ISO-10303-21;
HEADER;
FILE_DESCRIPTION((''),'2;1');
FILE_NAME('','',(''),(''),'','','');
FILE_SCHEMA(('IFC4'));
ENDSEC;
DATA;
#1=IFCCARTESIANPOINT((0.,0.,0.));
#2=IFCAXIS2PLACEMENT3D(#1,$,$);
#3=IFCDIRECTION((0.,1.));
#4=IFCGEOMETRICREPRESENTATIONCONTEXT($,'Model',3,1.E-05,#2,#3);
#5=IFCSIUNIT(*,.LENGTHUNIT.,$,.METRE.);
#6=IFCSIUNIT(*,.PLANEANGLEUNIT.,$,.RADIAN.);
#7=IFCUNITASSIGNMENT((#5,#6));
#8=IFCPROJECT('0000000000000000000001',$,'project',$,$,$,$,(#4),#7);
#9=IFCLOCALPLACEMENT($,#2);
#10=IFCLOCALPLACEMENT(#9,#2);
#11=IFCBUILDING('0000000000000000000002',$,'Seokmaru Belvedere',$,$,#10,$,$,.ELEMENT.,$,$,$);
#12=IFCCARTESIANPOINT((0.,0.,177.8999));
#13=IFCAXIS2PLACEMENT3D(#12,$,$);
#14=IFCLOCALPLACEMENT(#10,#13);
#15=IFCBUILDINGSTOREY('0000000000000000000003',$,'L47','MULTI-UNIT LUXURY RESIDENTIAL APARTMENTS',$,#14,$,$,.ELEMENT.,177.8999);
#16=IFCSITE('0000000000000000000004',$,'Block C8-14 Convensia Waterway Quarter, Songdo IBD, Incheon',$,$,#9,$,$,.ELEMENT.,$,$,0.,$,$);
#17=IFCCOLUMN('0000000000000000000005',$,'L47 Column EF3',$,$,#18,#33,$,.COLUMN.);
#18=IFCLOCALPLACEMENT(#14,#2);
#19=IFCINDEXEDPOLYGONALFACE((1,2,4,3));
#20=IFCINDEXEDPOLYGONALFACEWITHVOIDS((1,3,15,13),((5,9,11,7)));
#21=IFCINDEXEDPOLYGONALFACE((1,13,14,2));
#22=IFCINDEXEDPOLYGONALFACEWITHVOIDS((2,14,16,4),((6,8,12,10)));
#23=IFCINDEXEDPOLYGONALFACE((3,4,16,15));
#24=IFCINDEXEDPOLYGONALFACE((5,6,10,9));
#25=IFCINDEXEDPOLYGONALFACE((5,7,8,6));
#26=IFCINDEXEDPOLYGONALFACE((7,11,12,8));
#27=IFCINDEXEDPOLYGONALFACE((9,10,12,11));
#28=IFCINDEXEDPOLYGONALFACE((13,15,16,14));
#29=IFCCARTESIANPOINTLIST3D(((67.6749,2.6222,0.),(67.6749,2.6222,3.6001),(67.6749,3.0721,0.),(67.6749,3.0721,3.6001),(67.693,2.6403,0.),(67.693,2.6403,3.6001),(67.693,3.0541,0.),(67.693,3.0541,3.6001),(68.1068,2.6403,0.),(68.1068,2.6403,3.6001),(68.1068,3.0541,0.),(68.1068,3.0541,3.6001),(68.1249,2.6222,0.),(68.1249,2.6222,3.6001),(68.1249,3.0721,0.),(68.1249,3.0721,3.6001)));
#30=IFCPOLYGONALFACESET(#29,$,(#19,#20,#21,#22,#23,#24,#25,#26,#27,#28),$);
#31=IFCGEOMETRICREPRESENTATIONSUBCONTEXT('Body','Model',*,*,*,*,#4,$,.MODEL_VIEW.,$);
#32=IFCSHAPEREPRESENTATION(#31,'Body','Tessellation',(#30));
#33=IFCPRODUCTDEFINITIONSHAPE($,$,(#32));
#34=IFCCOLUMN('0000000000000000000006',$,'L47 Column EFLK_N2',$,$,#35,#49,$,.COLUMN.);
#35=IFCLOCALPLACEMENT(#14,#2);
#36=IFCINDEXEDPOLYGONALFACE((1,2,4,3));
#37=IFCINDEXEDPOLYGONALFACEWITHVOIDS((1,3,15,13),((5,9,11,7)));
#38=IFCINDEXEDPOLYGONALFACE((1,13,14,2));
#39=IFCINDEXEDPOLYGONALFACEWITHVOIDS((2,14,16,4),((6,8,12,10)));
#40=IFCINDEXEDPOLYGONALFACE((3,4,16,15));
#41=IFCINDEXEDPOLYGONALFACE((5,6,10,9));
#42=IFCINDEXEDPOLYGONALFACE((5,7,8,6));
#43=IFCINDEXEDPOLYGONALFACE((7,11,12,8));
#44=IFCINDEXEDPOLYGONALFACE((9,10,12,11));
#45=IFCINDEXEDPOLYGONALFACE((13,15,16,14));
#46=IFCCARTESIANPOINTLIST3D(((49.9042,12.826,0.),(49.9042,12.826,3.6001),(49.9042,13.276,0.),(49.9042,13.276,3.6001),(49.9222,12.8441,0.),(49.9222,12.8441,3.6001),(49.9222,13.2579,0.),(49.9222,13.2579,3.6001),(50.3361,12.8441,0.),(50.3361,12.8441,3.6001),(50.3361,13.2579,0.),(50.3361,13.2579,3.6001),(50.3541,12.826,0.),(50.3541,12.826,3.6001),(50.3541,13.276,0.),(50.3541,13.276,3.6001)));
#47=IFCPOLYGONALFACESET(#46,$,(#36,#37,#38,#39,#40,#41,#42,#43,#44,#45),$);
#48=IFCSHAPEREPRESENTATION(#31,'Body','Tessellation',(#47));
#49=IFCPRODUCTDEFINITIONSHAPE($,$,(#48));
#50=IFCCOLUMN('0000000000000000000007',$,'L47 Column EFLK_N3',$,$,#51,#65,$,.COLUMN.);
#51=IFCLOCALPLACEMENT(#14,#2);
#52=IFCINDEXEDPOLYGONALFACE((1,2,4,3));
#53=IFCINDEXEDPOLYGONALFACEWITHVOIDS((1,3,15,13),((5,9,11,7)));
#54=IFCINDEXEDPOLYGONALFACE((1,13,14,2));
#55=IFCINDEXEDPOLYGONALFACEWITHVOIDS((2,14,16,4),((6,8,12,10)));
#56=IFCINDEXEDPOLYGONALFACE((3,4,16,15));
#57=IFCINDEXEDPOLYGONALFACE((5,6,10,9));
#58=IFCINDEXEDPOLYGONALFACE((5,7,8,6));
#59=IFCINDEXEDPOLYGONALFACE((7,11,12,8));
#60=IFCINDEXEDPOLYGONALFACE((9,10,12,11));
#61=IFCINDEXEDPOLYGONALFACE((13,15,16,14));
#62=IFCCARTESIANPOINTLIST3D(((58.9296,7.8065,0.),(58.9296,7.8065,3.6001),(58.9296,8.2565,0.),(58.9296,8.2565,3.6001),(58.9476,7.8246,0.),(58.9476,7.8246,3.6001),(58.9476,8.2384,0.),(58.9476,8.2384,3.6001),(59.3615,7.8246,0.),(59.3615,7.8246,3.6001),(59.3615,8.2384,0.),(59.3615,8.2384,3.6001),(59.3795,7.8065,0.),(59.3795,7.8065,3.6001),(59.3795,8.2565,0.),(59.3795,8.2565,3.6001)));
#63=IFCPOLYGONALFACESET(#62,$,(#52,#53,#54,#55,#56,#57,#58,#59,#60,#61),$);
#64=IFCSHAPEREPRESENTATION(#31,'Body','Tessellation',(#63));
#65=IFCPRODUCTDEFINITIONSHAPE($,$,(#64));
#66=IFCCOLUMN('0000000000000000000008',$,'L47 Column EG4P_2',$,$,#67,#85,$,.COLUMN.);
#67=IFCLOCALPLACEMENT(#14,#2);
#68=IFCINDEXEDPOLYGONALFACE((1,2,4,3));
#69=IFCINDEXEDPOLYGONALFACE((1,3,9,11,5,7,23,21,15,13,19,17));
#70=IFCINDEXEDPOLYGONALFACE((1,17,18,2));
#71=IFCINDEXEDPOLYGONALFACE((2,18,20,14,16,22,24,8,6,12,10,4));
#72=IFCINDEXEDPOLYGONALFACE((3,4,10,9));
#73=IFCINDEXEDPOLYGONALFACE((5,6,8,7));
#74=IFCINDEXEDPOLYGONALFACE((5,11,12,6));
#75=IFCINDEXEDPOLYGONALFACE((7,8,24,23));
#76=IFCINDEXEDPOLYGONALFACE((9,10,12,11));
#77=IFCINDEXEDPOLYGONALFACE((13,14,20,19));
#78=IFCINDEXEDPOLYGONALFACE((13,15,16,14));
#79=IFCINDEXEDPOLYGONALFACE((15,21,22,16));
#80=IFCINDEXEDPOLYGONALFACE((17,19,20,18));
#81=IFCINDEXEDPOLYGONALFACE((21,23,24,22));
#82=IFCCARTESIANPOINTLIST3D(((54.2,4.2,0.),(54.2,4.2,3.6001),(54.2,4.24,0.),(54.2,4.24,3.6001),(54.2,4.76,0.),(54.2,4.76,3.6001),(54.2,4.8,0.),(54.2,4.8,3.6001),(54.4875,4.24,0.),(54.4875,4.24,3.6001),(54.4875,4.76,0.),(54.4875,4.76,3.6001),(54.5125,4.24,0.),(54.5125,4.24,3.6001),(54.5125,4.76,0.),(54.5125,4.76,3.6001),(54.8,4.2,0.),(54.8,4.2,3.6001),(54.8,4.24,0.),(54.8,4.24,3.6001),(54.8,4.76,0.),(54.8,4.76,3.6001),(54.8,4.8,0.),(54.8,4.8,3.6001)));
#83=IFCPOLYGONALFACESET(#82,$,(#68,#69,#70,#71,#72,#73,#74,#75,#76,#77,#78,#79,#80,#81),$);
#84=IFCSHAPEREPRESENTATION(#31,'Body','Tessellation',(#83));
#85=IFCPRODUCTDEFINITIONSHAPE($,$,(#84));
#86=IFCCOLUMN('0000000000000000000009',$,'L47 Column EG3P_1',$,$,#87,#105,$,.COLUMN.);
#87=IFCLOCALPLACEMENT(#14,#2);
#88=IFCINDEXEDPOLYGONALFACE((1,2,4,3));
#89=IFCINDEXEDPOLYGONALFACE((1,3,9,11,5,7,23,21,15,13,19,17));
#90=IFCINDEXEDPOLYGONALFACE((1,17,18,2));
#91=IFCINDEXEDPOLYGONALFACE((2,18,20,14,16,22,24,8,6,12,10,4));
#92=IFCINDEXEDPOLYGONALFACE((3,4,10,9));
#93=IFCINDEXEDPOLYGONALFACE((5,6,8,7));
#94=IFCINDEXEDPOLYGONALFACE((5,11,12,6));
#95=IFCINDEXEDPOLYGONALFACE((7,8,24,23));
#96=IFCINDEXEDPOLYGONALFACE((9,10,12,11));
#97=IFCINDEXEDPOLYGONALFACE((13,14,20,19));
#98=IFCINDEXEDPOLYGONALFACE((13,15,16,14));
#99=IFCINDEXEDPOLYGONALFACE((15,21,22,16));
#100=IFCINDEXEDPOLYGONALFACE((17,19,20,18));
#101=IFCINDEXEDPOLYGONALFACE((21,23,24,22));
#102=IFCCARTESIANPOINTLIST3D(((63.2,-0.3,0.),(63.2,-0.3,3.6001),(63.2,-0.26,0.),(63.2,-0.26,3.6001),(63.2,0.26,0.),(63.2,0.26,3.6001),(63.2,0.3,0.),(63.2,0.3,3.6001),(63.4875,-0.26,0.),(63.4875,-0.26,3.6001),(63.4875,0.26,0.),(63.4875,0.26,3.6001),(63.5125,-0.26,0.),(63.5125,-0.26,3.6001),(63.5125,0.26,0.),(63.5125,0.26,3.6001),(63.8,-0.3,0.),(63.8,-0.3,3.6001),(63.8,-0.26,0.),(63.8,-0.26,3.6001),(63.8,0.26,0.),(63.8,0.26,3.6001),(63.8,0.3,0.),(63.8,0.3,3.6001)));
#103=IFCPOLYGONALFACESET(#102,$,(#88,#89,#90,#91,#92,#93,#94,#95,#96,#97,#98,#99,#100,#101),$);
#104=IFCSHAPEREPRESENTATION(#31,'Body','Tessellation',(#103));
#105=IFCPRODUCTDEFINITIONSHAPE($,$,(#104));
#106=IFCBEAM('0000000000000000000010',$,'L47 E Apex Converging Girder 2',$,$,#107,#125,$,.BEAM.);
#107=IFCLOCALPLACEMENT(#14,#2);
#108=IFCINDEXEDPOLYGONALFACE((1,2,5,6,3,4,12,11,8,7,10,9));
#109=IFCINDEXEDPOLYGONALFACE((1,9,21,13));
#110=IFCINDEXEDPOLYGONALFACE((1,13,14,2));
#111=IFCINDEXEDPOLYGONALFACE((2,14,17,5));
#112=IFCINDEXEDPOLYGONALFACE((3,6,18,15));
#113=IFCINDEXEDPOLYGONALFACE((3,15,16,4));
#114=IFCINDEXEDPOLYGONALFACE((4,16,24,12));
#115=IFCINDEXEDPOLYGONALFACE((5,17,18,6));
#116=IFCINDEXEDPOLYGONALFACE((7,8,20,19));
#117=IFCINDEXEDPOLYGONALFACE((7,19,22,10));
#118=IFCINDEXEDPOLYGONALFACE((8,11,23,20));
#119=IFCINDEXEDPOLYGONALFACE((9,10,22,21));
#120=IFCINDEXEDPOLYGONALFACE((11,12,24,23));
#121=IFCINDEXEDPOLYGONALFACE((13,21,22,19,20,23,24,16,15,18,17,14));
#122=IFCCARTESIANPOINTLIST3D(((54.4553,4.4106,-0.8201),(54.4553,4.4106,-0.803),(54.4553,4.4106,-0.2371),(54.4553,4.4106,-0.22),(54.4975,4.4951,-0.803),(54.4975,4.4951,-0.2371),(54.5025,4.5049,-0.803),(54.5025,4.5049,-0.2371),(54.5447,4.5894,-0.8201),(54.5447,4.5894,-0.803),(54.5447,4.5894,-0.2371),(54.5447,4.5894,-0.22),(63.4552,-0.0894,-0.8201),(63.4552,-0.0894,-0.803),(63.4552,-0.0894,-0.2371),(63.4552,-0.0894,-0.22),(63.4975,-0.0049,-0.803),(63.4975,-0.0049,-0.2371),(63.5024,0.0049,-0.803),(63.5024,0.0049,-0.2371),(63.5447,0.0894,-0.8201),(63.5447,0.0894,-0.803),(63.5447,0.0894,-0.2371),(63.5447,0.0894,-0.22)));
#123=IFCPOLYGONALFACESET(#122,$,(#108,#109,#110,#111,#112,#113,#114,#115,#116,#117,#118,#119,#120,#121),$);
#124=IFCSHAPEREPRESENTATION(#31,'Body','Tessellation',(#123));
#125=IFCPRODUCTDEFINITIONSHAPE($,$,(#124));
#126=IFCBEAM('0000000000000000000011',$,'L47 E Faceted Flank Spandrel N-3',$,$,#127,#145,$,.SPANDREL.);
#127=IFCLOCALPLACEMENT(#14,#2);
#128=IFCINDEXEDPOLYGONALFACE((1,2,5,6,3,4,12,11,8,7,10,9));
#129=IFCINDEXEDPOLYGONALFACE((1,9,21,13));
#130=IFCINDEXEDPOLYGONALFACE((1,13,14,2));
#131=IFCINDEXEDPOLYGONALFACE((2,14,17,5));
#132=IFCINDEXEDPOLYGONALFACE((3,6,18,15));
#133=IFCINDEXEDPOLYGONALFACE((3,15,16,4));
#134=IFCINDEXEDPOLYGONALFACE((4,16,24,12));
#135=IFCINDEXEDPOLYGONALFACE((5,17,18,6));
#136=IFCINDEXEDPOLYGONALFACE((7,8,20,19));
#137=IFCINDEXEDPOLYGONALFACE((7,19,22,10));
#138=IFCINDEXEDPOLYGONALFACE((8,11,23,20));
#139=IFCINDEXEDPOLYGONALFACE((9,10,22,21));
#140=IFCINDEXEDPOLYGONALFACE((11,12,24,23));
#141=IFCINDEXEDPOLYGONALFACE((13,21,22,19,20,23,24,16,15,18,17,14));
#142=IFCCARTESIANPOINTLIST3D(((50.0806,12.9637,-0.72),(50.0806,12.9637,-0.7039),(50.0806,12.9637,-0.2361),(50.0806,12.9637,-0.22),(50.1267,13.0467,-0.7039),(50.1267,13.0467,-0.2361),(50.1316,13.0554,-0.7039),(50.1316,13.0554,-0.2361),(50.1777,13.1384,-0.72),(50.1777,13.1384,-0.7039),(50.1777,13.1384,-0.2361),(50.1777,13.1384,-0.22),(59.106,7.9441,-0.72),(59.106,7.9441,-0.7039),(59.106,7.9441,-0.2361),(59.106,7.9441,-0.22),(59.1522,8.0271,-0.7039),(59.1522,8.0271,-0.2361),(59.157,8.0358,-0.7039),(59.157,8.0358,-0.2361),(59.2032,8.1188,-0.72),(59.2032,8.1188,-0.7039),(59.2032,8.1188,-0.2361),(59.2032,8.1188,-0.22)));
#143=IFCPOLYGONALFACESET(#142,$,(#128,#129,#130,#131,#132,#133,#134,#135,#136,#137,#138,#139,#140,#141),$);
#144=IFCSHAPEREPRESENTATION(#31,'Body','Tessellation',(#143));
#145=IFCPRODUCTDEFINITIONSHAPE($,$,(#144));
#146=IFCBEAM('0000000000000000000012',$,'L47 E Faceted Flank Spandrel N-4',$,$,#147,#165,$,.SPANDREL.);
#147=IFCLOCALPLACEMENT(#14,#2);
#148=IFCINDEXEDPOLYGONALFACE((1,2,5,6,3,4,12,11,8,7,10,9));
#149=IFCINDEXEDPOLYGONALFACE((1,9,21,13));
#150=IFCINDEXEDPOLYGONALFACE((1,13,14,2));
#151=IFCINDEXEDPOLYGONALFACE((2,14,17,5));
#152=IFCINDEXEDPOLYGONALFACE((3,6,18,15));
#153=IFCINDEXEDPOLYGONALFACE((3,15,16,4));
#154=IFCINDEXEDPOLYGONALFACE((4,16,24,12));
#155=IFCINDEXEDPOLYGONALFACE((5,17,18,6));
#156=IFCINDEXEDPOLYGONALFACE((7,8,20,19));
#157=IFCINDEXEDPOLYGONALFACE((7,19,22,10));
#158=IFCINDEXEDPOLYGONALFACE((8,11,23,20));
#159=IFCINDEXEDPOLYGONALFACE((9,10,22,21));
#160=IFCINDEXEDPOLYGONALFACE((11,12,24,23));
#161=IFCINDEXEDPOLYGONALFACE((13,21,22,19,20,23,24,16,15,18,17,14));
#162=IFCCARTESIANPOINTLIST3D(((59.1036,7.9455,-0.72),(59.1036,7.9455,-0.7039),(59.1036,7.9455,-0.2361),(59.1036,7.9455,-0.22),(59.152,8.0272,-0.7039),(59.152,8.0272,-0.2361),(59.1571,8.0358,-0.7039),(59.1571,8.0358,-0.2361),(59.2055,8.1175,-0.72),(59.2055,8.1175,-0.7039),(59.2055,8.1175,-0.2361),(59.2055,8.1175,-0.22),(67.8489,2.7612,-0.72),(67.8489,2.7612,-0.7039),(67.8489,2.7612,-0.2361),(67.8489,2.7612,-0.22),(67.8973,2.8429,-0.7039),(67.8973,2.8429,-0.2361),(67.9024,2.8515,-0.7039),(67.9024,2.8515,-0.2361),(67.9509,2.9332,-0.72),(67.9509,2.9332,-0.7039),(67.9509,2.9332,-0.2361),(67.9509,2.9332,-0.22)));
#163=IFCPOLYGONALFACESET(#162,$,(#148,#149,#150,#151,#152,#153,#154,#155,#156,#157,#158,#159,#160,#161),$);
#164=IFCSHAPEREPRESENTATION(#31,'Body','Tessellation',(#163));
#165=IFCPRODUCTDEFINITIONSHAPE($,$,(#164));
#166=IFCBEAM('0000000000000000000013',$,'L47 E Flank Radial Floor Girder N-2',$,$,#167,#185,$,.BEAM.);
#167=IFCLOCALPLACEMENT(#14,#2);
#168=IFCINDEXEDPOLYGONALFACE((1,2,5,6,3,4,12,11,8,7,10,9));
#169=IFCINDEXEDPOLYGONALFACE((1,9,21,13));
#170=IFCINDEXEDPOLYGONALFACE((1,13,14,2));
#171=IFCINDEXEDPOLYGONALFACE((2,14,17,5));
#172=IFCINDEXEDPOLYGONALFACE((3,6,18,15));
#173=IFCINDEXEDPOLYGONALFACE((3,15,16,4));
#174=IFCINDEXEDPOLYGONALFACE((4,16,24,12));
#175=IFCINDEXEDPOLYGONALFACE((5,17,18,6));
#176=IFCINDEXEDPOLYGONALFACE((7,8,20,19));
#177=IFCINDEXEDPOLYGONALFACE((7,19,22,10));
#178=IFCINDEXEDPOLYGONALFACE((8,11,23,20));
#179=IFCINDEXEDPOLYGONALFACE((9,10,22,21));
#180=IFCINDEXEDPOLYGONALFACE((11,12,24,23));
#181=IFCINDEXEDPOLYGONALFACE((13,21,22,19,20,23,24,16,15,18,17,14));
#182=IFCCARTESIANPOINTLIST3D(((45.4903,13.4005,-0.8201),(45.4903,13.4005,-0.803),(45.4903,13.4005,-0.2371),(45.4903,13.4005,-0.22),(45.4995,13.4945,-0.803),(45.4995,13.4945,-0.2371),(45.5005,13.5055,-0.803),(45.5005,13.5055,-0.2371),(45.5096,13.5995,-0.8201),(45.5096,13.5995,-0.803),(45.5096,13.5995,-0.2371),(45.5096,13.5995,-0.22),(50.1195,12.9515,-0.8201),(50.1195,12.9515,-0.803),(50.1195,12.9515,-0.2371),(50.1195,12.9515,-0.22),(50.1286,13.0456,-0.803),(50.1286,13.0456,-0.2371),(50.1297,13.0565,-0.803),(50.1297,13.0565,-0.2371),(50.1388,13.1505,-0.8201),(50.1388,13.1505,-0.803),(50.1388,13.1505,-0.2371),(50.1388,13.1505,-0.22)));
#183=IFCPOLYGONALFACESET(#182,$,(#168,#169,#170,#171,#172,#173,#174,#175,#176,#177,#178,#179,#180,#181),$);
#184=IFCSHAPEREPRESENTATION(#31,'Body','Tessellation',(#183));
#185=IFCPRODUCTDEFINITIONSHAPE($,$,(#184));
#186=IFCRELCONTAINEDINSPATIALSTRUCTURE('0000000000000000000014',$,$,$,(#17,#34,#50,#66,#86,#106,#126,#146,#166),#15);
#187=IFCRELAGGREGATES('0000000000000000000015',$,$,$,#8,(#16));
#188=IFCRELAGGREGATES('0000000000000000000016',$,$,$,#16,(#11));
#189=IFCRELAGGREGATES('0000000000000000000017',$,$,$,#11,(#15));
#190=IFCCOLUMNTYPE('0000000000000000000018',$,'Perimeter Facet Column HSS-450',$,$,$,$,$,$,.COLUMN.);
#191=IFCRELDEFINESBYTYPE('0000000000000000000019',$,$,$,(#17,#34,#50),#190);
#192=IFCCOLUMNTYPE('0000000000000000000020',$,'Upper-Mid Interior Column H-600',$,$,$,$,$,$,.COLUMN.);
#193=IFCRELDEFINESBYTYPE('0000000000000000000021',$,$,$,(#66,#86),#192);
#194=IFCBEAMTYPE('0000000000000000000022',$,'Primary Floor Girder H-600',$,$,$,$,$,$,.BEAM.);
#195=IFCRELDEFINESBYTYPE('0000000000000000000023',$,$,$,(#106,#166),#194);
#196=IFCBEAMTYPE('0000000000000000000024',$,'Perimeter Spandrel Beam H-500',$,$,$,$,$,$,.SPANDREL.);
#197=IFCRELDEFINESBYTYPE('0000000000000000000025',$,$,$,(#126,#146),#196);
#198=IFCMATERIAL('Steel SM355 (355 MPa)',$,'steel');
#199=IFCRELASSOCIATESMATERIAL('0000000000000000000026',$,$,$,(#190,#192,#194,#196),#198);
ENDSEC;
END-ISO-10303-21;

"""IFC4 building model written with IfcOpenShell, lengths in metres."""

from ifc_helpers import new_model, si_unit, direction, frame, origin, origin_2d, place, context, subcontext, project, spatial, hollow_rectangle, i_section, extrude, source, transform, mapped, material, material_profile, profile_set, type_object, type_shapes, element, save


model = new_model("IFC4")

# Units and contexts
model_context = context("Model", 3, precision=1e-05, world=origin(), true_north=direction((0.0, 1.0)))
body_context = subcontext(model_context, "Body", "Model", "MODEL_VIEW")
ifc_project = project(units=[si_unit("LENGTHUNIT", "METRE"), si_unit("PLANEANGLEUNIT", "RADIAN")], contexts=[model_context])

# Site, building, storey
site_placement = place(None, origin())
site = spatial("IfcSite", under=ifc_project, at=site_placement, Name="Block C8-14 Convensia Waterway Quarter, Songdo IBD, Incheon", CompositionType="ELEMENT", RefElevation=0.0)
building_placement = place(site_placement, origin())
building = spatial("IfcBuilding", under=site, at=building_placement, Name="Seokmaru Belvedere", CompositionType="ELEMENT")
storey_placement = place(building_placement, frame((0.0, 0.0, 177.8999)))
storey = spatial("IfcBuildingStorey", under=building, at=storey_placement, Name="L47", Description="MULTI-UNIT LUXURY RESIDENTIAL APARTMENTS", CompositionType="ELEMENT", Elevation=177.8999)

# Columns
ifc_material_1 = material(Name="Steel SM355 (355 MPa)", Category="steel")
ifc_material_profile_1 = material_profile(ifc_material_1, hollow_rectangle(XDim=0.45, YDim=0.45, WallThickness=0.0181, at=origin_2d()), Name="HSS-450x450x18")
ifc_profile_set_1 = profile_set([ifc_material_profile_1], Name="Steel SM355 (355 MPa)")
column_type_1 = type_object("IfcColumnType", Name="Perimeter Facet Column HSS-450", PredefinedType="COLUMN", material=ifc_profile_set_1)
shared_shape_1 = source(origin(), body_context, "Body", "SweptSolid", [
    extrude(hollow_rectangle(XDim=0.45, YDim=0.45, WallThickness=0.0181, at=origin_2d()), origin(), (0.0, 0.0, 1.0), 3.6001),
])
type_shapes(column_type_1, [shared_shape_1])
for number, where, z_axis, x_axis, name in (
    (1, (67.8999, 2.8472, 0.0), (0.0, 0.0, 1.0), (1.0, 0.0, 0.0), "L47 Column EF3"),
    (2, (50.1292, 13.051, 0.0), (0.0, 0.0, 1.0), (1.0, 0.0, 0.0), "L47 Column EFLK_N2"),
    (3, (59.1545, 8.0315, 0.0), (0.0, 0.0, 1.0), (1.0, 0.0, 0.0), "L47 Column EFLK_N3"),
):
    element("IfcColumn", number, at=place(storey_placement, frame(where, z_axis=z_axis, x_axis=x_axis)), inside=storey, type_object=column_type_1, Name=name, PredefinedType="COLUMN", context=body_context, shape_type="MappedRepresentation", body=[
        mapped(shared_shape_1, transform((0.0, 0.0, 0.0), scale=1.0)),
    ])
ifc_material_profile_2 = material_profile(ifc_material_1, i_section(OverallWidth=0.6001, OverallDepth=0.6001, WebThickness=0.0249, FlangeThickness=0.04, at=origin_2d()), Name="H-600x600x25x40")
ifc_profile_set_2 = profile_set([ifc_material_profile_2], Name="Steel SM355 (355 MPa)")
column_type_2 = type_object("IfcColumnType", Name="Upper-Mid Interior Column H-600", PredefinedType="COLUMN", material=ifc_profile_set_2)
shared_shape_2 = source(origin(), body_context, "Body", "SweptSolid", [
    extrude(i_section(OverallWidth=0.6001, OverallDepth=0.6001, WebThickness=0.0249, FlangeThickness=0.04, at=origin_2d()), origin(), (0.0, 0.0, 1.0), 3.6001),
])
type_shapes(column_type_2, [shared_shape_2])
for number, where, z_axis, x_axis, name in (
    (4, (54.5, 4.5, 0.0), (0.0, 0.0, 1.0), (1.0, 0.0, 0.0), "L47 Column EG4P_2"),
    (5, (63.5, 0.0, 0.0), (0.0, 0.0, 1.0), (1.0, 0.0, 0.0), "L47 Column EG3P_1"),
):
    element("IfcColumn", number, at=place(storey_placement, frame(where, z_axis=z_axis, x_axis=x_axis)), inside=storey, type_object=column_type_2, Name=name, PredefinedType="COLUMN", context=body_context, shape_type="MappedRepresentation", body=[
        mapped(shared_shape_2, transform((0.0, 0.0, 0.0), scale=1.0)),
    ])

# Beams
ifc_material_profile_3 = material_profile(ifc_material_1, i_section(OverallWidth=0.2, OverallDepth=0.6001, WebThickness=0.011, FlangeThickness=0.0171, at=origin_2d()), Name="H-600x200x11x17")
ifc_profile_set_3 = profile_set([ifc_material_profile_3], Name="Steel SM355 (355 MPa)")
beam_type_1 = type_object("IfcBeamType", Name="Primary Floor Girder H-600", PredefinedType="BEAM", material=ifc_profile_set_3)
shared_shape_3 = source(origin(), body_context, "Body", "SweptSolid", [
    extrude(i_section(OverallWidth=0.2, OverallDepth=0.6001, WebThickness=0.011, FlangeThickness=0.0171, at=origin_2d()), origin(), (0.0, 0.0, 1.0), 10.0623),
])
beam_1_placement = place(storey_placement, frame((54.5, 4.5, -0.52), z_axis=(0.894427, -0.447214, 0.0), x_axis=(0.447214, 0.894427, 0.0)))
element("IfcBeam", 6, at=beam_1_placement, inside=storey, type_object=beam_type_1, Name="L47 E Apex Converging Girder 2", PredefinedType="BEAM", context=body_context, shape_type="MappedRepresentation", body=[
    mapped(shared_shape_3, transform((0.0, 0.0, 0.0), scale=1.0)),
])
ifc_material_profile_4 = material_profile(ifc_material_1, i_section(OverallWidth=0.2, OverallDepth=0.5, WebThickness=0.01, FlangeThickness=0.0161, at=origin_2d()), Name="H-500x200x10x16")
ifc_profile_set_4 = profile_set([ifc_material_profile_4], Name="Steel SM355 (355 MPa)")
beam_type_2 = type_object("IfcBeamType", Name="Perimeter Spandrel Beam H-500", PredefinedType="SPANDREL", material=ifc_profile_set_4)
shared_shape_4 = source(origin(), body_context, "Body", "SweptSolid", [
    extrude(i_section(OverallWidth=0.2, OverallDepth=0.5, WebThickness=0.01, FlangeThickness=0.0161, at=origin_2d()), origin(), (0.0, 0.0, 1.0), 10.3274),
])
beam_2_placement = place(storey_placement, frame((50.1292, 13.051, -0.47), z_axis=(0.873934, -0.486044, 0.0), x_axis=(0.486044, 0.873934, 0.0)))
element("IfcBeam", 7, at=beam_2_placement, inside=storey, type_object=beam_type_2, Name="L47 E Faceted Flank Spandrel N-3", PredefinedType="SPANDREL", context=body_context, shape_type="MappedRepresentation", body=[
    mapped(shared_shape_4, transform((0.0, 0.0, 0.0), scale=1.0)),
])
shared_shape_5 = source(origin(), body_context, "Body", "SweptSolid", [
    extrude(i_section(OverallWidth=0.2, OverallDepth=0.5, WebThickness=0.01, FlangeThickness=0.0161, at=origin_2d()), origin(), (0.0, 0.0, 1.0), 10.1665),
])
type_shapes(beam_type_2, [shared_shape_4, shared_shape_5])
beam_3_placement = place(storey_placement, frame((59.1545, 8.0315, -0.47), z_axis=(0.86021, -0.50994, 0.0), x_axis=(0.50994, 0.86021, 0.0)))
element("IfcBeam", 8, at=beam_3_placement, inside=storey, type_object=beam_type_2, Name="L47 E Faceted Flank Spandrel N-4", PredefinedType="SPANDREL", context=body_context, shape_type="MappedRepresentation", body=[
    mapped(shared_shape_5, transform((0.0, 0.0, 0.0), scale=1.0)),
])
shared_shape_6 = source(origin(), body_context, "Body", "SweptSolid", [
    extrude(i_section(OverallWidth=0.2, OverallDepth=0.6001, WebThickness=0.011, FlangeThickness=0.0171, at=origin_2d()), origin(), (0.0, 0.0, 1.0), 4.6509),
])
beam_4_placement = place(storey_placement, frame((50.1292, 13.051, -0.52), z_axis=(-0.99533, 0.096536, 0.0), x_axis=(-0.096536, -0.99533, 0.0)))
element("IfcBeam", 9, at=beam_4_placement, inside=storey, type_object=beam_type_1, Name="L47 E Flank Radial Floor Girder N-2", PredefinedType="BEAM", context=body_context, shape_type="MappedRepresentation", body=[
    mapped(shared_shape_6, transform((0.0, 0.0, 0.0), scale=1.0)),
])

save(model, "model.ifc")
